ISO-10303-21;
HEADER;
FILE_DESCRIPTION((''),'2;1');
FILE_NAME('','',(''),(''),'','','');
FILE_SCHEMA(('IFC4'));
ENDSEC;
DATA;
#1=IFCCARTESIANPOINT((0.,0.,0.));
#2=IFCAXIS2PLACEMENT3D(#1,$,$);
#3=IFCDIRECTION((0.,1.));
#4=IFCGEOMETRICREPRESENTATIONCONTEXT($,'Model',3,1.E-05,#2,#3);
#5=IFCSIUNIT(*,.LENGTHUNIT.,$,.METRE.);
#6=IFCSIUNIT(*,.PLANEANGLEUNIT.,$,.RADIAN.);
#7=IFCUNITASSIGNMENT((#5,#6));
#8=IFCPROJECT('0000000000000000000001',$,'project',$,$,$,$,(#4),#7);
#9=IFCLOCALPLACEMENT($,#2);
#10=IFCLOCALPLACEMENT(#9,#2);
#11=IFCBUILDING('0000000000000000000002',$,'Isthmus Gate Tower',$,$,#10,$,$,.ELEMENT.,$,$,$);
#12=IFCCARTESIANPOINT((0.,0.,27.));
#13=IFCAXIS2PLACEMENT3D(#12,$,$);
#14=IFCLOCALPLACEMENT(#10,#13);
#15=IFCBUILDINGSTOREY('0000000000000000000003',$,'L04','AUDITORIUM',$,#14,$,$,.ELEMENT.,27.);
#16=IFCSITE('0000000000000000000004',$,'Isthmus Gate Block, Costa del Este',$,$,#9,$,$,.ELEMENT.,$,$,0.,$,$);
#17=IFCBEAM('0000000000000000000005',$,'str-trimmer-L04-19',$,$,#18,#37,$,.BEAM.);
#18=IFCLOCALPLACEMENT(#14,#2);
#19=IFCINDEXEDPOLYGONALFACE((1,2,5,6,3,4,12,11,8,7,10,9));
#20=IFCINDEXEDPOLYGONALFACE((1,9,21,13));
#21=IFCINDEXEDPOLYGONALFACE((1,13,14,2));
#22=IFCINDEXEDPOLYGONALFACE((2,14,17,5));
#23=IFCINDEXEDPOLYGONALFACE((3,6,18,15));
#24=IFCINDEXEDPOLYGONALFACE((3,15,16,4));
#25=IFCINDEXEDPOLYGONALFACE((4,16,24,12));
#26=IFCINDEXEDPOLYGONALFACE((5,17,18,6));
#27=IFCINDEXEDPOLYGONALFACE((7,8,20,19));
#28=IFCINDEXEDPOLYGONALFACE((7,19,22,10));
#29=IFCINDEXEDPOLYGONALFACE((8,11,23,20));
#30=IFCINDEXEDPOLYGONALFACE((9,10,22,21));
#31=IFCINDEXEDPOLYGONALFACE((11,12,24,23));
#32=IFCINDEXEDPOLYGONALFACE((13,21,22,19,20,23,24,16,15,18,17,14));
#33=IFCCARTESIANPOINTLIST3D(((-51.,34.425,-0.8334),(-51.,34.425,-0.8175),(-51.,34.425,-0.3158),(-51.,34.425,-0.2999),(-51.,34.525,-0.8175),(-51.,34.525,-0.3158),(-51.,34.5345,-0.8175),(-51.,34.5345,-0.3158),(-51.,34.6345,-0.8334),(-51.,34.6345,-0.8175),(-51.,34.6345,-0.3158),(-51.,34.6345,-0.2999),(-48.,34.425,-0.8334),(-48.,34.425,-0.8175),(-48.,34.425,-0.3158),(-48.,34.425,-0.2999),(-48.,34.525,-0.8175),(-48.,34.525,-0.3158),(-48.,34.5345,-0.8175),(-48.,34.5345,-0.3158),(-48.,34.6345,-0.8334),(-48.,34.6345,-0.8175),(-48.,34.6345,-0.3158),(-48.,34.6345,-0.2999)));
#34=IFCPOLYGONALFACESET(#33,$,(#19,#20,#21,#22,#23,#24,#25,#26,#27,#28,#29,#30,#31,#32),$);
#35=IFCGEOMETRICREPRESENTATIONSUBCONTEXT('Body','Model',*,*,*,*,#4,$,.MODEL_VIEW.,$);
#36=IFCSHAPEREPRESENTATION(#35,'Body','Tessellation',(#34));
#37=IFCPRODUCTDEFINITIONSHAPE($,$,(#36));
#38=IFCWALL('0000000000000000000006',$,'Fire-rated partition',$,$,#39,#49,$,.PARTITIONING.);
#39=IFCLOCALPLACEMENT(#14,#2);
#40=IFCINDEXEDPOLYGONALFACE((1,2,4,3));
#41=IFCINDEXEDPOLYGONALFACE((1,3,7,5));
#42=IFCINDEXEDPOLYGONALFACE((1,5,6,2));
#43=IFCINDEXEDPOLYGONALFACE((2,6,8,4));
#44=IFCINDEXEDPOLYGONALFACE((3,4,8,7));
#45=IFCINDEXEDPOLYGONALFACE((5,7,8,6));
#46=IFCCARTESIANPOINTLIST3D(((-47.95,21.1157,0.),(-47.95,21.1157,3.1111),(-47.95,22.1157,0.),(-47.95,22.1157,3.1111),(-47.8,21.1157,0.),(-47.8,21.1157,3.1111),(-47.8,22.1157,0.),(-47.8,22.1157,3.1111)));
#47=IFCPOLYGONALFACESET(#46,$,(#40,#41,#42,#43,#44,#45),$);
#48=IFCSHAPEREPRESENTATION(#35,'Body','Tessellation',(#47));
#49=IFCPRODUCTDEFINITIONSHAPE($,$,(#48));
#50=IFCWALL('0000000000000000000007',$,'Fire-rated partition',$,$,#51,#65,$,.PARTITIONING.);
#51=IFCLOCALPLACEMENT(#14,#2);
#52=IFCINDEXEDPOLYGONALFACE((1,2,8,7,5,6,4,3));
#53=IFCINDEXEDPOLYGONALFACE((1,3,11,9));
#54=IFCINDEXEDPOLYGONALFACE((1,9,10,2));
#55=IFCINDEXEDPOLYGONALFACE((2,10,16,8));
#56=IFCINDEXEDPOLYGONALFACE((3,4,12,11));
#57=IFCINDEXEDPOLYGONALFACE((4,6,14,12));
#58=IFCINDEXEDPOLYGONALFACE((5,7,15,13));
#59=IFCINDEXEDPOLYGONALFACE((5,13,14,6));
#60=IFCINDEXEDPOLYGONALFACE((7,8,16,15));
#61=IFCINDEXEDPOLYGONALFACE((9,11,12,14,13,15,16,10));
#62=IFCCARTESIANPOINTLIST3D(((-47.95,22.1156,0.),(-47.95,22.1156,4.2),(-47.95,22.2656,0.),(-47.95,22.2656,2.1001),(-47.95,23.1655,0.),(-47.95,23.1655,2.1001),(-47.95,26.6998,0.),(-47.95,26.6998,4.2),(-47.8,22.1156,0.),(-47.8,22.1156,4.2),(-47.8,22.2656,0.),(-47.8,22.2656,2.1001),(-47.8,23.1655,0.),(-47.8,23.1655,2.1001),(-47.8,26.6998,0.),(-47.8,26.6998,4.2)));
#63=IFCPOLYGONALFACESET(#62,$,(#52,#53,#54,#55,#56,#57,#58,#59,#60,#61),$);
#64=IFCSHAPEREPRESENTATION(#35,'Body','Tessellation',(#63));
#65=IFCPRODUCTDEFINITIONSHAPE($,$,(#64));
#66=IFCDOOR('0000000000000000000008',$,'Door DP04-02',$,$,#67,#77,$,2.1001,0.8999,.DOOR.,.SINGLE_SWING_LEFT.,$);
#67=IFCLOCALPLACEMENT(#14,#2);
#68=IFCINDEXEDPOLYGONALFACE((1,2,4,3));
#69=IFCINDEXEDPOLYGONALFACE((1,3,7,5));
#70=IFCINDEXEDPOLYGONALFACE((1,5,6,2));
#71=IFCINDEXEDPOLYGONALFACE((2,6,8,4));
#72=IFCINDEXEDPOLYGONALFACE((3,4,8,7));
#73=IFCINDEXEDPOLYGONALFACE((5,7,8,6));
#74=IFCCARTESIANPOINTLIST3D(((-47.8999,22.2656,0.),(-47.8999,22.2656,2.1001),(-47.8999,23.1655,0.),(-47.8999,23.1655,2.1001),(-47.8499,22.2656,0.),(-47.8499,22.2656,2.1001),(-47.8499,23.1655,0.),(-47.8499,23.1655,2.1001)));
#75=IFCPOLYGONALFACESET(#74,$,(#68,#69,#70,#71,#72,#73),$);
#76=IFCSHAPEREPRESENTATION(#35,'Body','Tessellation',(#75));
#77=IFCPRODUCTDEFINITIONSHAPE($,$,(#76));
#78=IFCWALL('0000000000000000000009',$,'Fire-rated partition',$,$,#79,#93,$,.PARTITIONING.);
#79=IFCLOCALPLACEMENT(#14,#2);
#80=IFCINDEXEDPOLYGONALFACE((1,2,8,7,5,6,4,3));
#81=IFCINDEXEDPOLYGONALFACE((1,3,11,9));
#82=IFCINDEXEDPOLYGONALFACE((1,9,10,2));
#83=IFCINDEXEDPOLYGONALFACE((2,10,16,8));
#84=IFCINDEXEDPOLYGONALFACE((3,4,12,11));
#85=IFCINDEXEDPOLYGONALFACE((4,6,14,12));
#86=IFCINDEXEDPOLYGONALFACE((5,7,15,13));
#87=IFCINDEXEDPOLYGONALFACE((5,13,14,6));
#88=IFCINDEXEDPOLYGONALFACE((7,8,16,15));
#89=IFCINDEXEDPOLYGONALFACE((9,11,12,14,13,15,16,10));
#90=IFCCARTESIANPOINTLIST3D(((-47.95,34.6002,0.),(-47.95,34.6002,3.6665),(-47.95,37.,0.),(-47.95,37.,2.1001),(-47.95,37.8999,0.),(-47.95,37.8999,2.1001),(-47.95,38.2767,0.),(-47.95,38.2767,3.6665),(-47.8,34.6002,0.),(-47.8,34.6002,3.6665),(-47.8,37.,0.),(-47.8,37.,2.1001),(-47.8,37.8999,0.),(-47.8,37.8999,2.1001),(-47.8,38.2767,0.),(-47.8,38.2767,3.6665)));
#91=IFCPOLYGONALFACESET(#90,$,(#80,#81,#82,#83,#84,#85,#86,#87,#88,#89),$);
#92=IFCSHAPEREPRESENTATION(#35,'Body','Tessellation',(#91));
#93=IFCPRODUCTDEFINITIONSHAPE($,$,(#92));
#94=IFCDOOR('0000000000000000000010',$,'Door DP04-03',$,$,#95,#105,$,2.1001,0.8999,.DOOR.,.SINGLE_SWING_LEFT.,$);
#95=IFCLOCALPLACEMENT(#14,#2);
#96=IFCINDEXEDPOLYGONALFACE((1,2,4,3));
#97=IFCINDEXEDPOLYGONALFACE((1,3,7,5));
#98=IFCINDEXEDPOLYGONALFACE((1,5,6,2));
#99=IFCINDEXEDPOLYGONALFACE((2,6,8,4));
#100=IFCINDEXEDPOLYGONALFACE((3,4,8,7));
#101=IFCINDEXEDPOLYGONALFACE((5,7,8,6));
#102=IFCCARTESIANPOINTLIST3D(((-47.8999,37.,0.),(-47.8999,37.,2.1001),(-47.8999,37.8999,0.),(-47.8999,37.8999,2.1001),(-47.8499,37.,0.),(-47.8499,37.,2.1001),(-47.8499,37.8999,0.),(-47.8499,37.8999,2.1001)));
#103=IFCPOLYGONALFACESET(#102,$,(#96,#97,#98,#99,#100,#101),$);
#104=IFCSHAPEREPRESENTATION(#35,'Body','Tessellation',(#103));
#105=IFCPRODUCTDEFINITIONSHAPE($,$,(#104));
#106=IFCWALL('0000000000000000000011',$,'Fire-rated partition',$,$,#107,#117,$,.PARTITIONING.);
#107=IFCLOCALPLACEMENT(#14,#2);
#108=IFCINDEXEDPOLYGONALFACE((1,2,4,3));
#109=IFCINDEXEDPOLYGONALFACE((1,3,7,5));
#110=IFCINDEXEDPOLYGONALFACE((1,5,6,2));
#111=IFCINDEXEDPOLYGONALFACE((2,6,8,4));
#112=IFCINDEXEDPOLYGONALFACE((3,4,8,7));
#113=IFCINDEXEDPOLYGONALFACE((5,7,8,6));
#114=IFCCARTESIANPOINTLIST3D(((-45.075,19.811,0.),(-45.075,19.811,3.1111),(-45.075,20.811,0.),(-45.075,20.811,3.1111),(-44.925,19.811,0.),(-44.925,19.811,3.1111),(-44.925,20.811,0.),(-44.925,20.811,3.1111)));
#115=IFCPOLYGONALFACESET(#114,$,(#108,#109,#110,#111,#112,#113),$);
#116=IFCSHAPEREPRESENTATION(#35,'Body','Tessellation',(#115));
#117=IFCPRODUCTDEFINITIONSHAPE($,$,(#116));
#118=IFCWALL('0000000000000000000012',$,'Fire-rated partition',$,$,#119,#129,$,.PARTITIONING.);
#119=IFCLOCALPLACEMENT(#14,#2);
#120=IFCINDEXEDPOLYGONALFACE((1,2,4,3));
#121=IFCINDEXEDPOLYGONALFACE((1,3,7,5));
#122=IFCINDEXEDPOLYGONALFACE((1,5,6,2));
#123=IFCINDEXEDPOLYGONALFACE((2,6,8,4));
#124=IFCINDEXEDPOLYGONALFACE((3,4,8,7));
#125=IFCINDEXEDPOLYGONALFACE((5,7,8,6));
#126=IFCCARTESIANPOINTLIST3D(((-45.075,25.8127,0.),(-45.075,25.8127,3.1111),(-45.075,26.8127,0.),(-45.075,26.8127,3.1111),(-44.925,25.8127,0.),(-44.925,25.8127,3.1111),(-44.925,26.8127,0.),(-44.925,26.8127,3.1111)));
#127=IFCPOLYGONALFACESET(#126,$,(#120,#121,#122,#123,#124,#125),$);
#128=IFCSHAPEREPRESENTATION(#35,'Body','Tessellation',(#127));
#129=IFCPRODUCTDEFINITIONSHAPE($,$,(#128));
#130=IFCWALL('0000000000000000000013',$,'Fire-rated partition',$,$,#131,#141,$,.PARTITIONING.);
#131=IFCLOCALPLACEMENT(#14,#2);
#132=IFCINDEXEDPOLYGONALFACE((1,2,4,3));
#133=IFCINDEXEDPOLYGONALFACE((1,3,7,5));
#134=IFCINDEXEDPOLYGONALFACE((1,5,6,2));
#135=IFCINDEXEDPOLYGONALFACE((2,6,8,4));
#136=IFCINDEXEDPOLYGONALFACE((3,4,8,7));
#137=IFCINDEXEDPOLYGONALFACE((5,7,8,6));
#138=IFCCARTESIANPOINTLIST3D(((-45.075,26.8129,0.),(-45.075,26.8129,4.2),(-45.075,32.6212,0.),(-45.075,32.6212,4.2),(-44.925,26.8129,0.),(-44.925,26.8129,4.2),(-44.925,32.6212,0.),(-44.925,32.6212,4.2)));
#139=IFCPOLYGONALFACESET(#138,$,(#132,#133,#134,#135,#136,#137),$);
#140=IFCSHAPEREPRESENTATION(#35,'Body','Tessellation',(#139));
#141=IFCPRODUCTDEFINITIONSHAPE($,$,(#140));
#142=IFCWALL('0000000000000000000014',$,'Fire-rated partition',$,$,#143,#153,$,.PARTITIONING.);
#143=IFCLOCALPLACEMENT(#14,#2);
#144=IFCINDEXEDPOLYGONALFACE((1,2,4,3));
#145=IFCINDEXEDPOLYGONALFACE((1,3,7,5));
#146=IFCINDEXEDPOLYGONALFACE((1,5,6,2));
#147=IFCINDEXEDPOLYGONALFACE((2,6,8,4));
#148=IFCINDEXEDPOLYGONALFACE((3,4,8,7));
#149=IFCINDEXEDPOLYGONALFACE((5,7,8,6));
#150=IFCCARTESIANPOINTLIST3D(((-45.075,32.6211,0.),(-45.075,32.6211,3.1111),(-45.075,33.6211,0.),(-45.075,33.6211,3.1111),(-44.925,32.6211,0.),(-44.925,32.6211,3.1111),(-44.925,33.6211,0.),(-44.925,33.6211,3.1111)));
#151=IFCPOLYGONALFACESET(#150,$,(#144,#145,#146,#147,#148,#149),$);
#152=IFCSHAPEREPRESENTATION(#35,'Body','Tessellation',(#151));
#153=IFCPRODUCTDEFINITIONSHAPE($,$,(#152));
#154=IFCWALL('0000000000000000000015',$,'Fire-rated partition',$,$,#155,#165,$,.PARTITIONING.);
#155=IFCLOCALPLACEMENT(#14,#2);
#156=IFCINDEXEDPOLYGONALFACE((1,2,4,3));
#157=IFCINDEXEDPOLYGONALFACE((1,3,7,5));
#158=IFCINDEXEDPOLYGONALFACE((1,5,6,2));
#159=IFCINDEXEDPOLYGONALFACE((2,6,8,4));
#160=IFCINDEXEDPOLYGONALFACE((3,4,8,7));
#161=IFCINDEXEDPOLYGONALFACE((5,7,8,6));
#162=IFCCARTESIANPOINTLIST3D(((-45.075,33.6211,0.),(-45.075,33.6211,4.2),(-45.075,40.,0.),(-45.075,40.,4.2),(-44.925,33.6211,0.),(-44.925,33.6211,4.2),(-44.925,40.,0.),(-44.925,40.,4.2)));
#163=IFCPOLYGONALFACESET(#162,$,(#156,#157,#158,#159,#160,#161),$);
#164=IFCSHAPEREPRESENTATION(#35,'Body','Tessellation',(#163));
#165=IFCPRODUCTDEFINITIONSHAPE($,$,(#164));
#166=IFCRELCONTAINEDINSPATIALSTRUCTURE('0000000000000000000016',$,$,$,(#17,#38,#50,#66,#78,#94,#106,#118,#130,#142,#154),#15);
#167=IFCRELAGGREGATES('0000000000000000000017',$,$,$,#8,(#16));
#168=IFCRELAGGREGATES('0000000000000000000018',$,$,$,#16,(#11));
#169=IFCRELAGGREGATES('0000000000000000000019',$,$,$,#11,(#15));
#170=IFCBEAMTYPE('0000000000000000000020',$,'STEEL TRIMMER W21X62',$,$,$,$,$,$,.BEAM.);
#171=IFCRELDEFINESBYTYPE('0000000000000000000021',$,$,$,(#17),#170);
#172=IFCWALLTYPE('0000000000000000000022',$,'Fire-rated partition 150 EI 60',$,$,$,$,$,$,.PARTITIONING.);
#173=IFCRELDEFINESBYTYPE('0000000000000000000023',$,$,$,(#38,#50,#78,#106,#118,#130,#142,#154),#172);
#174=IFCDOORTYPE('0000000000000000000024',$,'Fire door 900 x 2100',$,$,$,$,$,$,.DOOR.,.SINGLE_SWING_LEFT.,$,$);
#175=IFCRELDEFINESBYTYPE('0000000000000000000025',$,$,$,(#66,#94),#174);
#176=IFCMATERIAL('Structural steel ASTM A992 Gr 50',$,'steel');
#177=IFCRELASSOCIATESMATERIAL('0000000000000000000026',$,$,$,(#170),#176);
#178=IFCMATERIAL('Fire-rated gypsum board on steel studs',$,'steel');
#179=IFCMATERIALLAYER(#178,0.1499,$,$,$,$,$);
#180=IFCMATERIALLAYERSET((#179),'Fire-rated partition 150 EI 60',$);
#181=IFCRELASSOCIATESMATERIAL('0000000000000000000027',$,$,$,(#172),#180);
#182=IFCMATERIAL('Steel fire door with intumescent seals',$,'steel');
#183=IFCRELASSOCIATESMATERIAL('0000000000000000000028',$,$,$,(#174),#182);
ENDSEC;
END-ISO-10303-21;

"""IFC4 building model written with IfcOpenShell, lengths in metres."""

from ifc_helpers import new_model, si_unit, direction, frame, frame_2d, origin, origin_2d, place, context, subcontext, project, spatial, rectangle, i_section, extrude, material, layer, layer_set, material_profile, profile_set, type_object, element, fill, save


model = new_model("IFC4")

# Units and contexts
model_context = context("Model", 3, precision=1e-05, world=origin(), true_north=direction((0.0, 1.0)))
body_context = subcontext(model_context, "Body", "Model", "MODEL_VIEW")
ifc_project = project(units=[si_unit("LENGTHUNIT", "METRE"), si_unit("PLANEANGLEUNIT", "RADIAN")], contexts=[model_context])

# Site, building, storey
site_placement = place(None, origin())
site = spatial("IfcSite", under=ifc_project, at=site_placement, Name="Isthmus Gate Block, Costa del Este", CompositionType="ELEMENT", RefElevation=0.0)
building_placement = place(site_placement, origin())
building = spatial("IfcBuilding", under=site, at=building_placement, Name="Isthmus Gate Tower", CompositionType="ELEMENT")
storey_placement = place(building_placement, frame((0.0, 0.0, 27.0)))
storey = spatial("IfcBuildingStorey", under=building, at=storey_placement, Name="L04", Description="AUDITORIUM", CompositionType="ELEMENT", Elevation=27.0)

# Beam
ifc_material_1 = material(Name="Structural steel ASTM A992 Gr 50", Category="steel")
ifc_material_profile_1 = material_profile(ifc_material_1, i_section(OverallWidth=0.2095, OverallDepth=0.5334, WebThickness=0.0095, FlangeThickness=0.0159, at=origin_2d()), Name="W21X62")
ifc_profile_set_1 = profile_set([ifc_material_profile_1], Name="Structural steel ASTM A992 Gr 50")
beam_type_1 = type_object("IfcBeamType", Name="STEEL TRIMMER W21X62", PredefinedType="BEAM", material=ifc_profile_set_1)
beam_1_placement = place(storey_placement, frame((-48.0, 34.5298, -0.5667), z_axis=(-1.0, 0.0, 0.0), x_axis=(0.0, -1.0, 0.0)))
element("IfcBeam", 1, at=beam_1_placement, inside=storey, type_object=beam_type_1, Name="str-trimmer-L04-19", PredefinedType="BEAM", context=body_context, shape_type="SweptSolid", body=[
    extrude(i_section(OverallWidth=0.2095, OverallDepth=0.5334, WebThickness=0.0095, FlangeThickness=0.0159, at=origin_2d()), origin(), (0.0, 0.0, 1.0), 3.0),
])

# Wall
ifc_material_2 = material(Name="Fire-rated gypsum board on steel studs", Category="steel")
ifc_layer_1 = layer(ifc_material_2, 0.1499)
ifc_layer_set_1 = layer_set([ifc_layer_1], Name="Fire-rated partition 150 EI 60")
wall_type_1 = type_object("IfcWallType", Name="Fire-rated partition 150 EI 60", PredefinedType="PARTITIONING", material=ifc_layer_set_1)
wall_1_placement = place(storey_placement, frame((-47.875, 21.1157, 0.0), z_axis=(0.0, 0.0, 1.0), x_axis=(0.0, 1.0, 0.0)))
element("IfcWall", 2, at=wall_1_placement, inside=storey, type_object=wall_type_1, Name="Fire-rated partition", PredefinedType="PARTITIONING", context=body_context, shape_type="SweptSolid", body=[
    extrude(rectangle(XDim=1.0, YDim=0.1499, at=frame_2d((0.5, 0.0))), origin(), (0.0, 0.0, 1.0), 3.1111),
])

# Walls, openings, doors
wall_2_placement = place(storey_placement, frame((-47.875, 22.1157, 0.0), z_axis=(0.0, 0.0, 1.0), x_axis=(0.0, 1.0, 0.0)))
wall_2 = element("IfcWall", 3, at=wall_2_placement, inside=storey, type_object=wall_type_1, Name="Fire-rated partition", PredefinedType="PARTITIONING", context=body_context, shape_type="SweptSolid", body=[
    extrude(rectangle(XDim=4.5842, YDim=0.1499, at=frame_2d((2.292, 0.0))), origin(), (0.0, 0.0, 1.0), 4.2),
])
opening_1_placement = place(wall_2_placement, frame((0.1499, 0.0, 0.0)))
opening_1 = element("IfcOpeningElement", 4, at=opening_1_placement, cuts=wall_2, PredefinedType="OPENING", context=body_context, shape_type="SweptSolid", body=[
    extrude(rectangle(XDim=0.8999, YDim=2.1001, at=frame_2d((0.45, 1.05))), frame((0.0, 0.085, 0.0), z_axis=(0.0, -1.0, 0.0), x_axis=(1.0, 0.0, 0.0)), (0.0, 0.0, 1.0), 0.1699),
])
ifc_material_3 = material(Name="Steel fire door with intumescent seals", Category="steel")
door_type_1 = type_object("IfcDoorType", Name="Fire door 900 x 2100", OperationType="SINGLE_SWING_LEFT", PredefinedType="DOOR", material=ifc_material_3)
door_1_placement = place(opening_1_placement, origin())
door_1 = element("IfcDoor", 5, at=door_1_placement, inside=storey, type_object=door_type_1, Name="Door DP04-02", OperationType="SINGLE_SWING_LEFT", OverallHeight=2.1001, OverallWidth=0.8999, PredefinedType="DOOR", context=body_context, shape_type="SweptSolid", body=[
    extrude(rectangle(XDim=0.8999, YDim=2.1001, at=frame_2d((0.45, 1.05))), frame((0.0, 0.0249, 0.0), z_axis=(0.0, -1.0, 0.0), x_axis=(1.0, 0.0, 0.0)), (0.0, 0.0, 1.0), 0.05),
])
fill(opening_1, door_1)
wall_3_placement = place(storey_placement, frame((-47.875, 34.6001, 0.0), z_axis=(0.0, 0.0, 1.0), x_axis=(0.0, 1.0, 0.0)))
wall_3 = element("IfcWall", 6, at=wall_3_placement, inside=storey, type_object=wall_type_1, Name="Fire-rated partition", PredefinedType="PARTITIONING", context=body_context, shape_type="SweptSolid", body=[
    extrude(rectangle(XDim=3.6765, YDim=0.1499, at=frame_2d((1.8384, 0.0))), origin(), (0.0, 0.0, 1.0), 3.6665),
])
opening_2_placement = place(wall_3_placement, frame((2.3999, 0.0, 0.0)))
opening_2 = element("IfcOpeningElement", 7, at=opening_2_placement, cuts=wall_3, PredefinedType="OPENING", context=body_context, shape_type="SweptSolid", body=[
    extrude(rectangle(XDim=0.8999, YDim=2.1001, at=frame_2d((0.45, 1.05))), frame((0.0, 0.085, 0.0), z_axis=(0.0, -1.0, 0.0), x_axis=(1.0, 0.0, 0.0)), (0.0, 0.0, 1.0), 0.1699),
])
door_2_placement = place(opening_2_placement, origin())
door_2 = element("IfcDoor", 8, at=door_2_placement, inside=storey, type_object=door_type_1, Name="Door DP04-03", OperationType="SINGLE_SWING_LEFT", OverallHeight=2.1001, OverallWidth=0.8999, PredefinedType="DOOR", context=body_context, shape_type="SweptSolid", body=[
    extrude(rectangle(XDim=0.8999, YDim=2.1001, at=frame_2d((0.45, 1.05))), frame((0.0, 0.0249, 0.0), z_axis=(0.0, -1.0, 0.0), x_axis=(1.0, 0.0, 0.0)), (0.0, 0.0, 1.0), 0.05),
])
fill(opening_2, door_2)

# Wall
wall_4_placement = place(storey_placement, frame((-45.0, 19.811, 0.0), z_axis=(0.0, 0.0, 1.0), x_axis=(0.0, 1.0, 0.0)))
element("IfcWall", 9, at=wall_4_placement, inside=storey, type_object=wall_type_1, Name="Fire-rated partition", PredefinedType="PARTITIONING", context=body_context, shape_type="SweptSolid", body=[
    extrude(rectangle(XDim=1.0, YDim=0.1499, at=frame_2d((0.5, 0.0))), origin(), (0.0, 0.0, 1.0), 3.1111),
])

# Walls
wall_5_placement = place(storey_placement, frame((-45.0, 25.8127, 0.0), z_axis=(0.0, 0.0, 1.0), x_axis=(0.0, 1.0, 0.0)))
element("IfcWall", 10, at=wall_5_placement, inside=storey, type_object=wall_type_1, Name="Fire-rated partition", PredefinedType="PARTITIONING", context=body_context, shape_type="SweptSolid", body=[
    extrude(rectangle(XDim=1.0, YDim=0.1499, at=frame_2d((0.5, 0.0))), origin(), (0.0, 0.0, 1.0), 3.1111),
])
wall_6_placement = place(storey_placement, frame((-45.0, 26.8127, 0.0), z_axis=(0.0, 0.0, 1.0), x_axis=(0.0, 1.0, 0.0)))
element("IfcWall", 11, at=wall_6_placement, inside=storey, type_object=wall_type_1, Name="Fire-rated partition", PredefinedType="PARTITIONING", context=body_context, shape_type="SweptSolid", body=[
    extrude(rectangle(XDim=5.8083, YDim=0.1499, at=frame_2d((2.9043, 0.0))), origin(), (0.0, 0.0, 1.0), 4.2),
])
wall_7_placement = place(storey_placement, frame((-45.0, 32.6211, 0.0), z_axis=(0.0, 0.0, 1.0), x_axis=(0.0, 1.0, 0.0)))
element("IfcWall", 12, at=wall_7_placement, inside=storey, type_object=wall_type_1, Name="Fire-rated partition", PredefinedType="PARTITIONING", context=body_context, shape_type="SweptSolid", body=[
    extrude(rectangle(XDim=1.0, YDim=0.1499, at=frame_2d((0.5, 0.0))), origin(), (0.0, 0.0, 1.0), 3.1111),
])
wall_8_placement = place(storey_placement, frame((-45.0, 33.6211, 0.0), z_axis=(0.0, 0.0, 1.0), x_axis=(0.0, 1.0, 0.0)))
element("IfcWall", 13, at=wall_8_placement, inside=storey, type_object=wall_type_1, Name="Fire-rated partition", PredefinedType="PARTITIONING", context=body_context, shape_type="SweptSolid", body=[
    extrude(rectangle(XDim=6.3789, YDim=0.1499, at=frame_2d((3.1895, 0.0))), origin(), (0.0, 0.0, 1.0), 4.2),
])

save(model, "model.ifc")
